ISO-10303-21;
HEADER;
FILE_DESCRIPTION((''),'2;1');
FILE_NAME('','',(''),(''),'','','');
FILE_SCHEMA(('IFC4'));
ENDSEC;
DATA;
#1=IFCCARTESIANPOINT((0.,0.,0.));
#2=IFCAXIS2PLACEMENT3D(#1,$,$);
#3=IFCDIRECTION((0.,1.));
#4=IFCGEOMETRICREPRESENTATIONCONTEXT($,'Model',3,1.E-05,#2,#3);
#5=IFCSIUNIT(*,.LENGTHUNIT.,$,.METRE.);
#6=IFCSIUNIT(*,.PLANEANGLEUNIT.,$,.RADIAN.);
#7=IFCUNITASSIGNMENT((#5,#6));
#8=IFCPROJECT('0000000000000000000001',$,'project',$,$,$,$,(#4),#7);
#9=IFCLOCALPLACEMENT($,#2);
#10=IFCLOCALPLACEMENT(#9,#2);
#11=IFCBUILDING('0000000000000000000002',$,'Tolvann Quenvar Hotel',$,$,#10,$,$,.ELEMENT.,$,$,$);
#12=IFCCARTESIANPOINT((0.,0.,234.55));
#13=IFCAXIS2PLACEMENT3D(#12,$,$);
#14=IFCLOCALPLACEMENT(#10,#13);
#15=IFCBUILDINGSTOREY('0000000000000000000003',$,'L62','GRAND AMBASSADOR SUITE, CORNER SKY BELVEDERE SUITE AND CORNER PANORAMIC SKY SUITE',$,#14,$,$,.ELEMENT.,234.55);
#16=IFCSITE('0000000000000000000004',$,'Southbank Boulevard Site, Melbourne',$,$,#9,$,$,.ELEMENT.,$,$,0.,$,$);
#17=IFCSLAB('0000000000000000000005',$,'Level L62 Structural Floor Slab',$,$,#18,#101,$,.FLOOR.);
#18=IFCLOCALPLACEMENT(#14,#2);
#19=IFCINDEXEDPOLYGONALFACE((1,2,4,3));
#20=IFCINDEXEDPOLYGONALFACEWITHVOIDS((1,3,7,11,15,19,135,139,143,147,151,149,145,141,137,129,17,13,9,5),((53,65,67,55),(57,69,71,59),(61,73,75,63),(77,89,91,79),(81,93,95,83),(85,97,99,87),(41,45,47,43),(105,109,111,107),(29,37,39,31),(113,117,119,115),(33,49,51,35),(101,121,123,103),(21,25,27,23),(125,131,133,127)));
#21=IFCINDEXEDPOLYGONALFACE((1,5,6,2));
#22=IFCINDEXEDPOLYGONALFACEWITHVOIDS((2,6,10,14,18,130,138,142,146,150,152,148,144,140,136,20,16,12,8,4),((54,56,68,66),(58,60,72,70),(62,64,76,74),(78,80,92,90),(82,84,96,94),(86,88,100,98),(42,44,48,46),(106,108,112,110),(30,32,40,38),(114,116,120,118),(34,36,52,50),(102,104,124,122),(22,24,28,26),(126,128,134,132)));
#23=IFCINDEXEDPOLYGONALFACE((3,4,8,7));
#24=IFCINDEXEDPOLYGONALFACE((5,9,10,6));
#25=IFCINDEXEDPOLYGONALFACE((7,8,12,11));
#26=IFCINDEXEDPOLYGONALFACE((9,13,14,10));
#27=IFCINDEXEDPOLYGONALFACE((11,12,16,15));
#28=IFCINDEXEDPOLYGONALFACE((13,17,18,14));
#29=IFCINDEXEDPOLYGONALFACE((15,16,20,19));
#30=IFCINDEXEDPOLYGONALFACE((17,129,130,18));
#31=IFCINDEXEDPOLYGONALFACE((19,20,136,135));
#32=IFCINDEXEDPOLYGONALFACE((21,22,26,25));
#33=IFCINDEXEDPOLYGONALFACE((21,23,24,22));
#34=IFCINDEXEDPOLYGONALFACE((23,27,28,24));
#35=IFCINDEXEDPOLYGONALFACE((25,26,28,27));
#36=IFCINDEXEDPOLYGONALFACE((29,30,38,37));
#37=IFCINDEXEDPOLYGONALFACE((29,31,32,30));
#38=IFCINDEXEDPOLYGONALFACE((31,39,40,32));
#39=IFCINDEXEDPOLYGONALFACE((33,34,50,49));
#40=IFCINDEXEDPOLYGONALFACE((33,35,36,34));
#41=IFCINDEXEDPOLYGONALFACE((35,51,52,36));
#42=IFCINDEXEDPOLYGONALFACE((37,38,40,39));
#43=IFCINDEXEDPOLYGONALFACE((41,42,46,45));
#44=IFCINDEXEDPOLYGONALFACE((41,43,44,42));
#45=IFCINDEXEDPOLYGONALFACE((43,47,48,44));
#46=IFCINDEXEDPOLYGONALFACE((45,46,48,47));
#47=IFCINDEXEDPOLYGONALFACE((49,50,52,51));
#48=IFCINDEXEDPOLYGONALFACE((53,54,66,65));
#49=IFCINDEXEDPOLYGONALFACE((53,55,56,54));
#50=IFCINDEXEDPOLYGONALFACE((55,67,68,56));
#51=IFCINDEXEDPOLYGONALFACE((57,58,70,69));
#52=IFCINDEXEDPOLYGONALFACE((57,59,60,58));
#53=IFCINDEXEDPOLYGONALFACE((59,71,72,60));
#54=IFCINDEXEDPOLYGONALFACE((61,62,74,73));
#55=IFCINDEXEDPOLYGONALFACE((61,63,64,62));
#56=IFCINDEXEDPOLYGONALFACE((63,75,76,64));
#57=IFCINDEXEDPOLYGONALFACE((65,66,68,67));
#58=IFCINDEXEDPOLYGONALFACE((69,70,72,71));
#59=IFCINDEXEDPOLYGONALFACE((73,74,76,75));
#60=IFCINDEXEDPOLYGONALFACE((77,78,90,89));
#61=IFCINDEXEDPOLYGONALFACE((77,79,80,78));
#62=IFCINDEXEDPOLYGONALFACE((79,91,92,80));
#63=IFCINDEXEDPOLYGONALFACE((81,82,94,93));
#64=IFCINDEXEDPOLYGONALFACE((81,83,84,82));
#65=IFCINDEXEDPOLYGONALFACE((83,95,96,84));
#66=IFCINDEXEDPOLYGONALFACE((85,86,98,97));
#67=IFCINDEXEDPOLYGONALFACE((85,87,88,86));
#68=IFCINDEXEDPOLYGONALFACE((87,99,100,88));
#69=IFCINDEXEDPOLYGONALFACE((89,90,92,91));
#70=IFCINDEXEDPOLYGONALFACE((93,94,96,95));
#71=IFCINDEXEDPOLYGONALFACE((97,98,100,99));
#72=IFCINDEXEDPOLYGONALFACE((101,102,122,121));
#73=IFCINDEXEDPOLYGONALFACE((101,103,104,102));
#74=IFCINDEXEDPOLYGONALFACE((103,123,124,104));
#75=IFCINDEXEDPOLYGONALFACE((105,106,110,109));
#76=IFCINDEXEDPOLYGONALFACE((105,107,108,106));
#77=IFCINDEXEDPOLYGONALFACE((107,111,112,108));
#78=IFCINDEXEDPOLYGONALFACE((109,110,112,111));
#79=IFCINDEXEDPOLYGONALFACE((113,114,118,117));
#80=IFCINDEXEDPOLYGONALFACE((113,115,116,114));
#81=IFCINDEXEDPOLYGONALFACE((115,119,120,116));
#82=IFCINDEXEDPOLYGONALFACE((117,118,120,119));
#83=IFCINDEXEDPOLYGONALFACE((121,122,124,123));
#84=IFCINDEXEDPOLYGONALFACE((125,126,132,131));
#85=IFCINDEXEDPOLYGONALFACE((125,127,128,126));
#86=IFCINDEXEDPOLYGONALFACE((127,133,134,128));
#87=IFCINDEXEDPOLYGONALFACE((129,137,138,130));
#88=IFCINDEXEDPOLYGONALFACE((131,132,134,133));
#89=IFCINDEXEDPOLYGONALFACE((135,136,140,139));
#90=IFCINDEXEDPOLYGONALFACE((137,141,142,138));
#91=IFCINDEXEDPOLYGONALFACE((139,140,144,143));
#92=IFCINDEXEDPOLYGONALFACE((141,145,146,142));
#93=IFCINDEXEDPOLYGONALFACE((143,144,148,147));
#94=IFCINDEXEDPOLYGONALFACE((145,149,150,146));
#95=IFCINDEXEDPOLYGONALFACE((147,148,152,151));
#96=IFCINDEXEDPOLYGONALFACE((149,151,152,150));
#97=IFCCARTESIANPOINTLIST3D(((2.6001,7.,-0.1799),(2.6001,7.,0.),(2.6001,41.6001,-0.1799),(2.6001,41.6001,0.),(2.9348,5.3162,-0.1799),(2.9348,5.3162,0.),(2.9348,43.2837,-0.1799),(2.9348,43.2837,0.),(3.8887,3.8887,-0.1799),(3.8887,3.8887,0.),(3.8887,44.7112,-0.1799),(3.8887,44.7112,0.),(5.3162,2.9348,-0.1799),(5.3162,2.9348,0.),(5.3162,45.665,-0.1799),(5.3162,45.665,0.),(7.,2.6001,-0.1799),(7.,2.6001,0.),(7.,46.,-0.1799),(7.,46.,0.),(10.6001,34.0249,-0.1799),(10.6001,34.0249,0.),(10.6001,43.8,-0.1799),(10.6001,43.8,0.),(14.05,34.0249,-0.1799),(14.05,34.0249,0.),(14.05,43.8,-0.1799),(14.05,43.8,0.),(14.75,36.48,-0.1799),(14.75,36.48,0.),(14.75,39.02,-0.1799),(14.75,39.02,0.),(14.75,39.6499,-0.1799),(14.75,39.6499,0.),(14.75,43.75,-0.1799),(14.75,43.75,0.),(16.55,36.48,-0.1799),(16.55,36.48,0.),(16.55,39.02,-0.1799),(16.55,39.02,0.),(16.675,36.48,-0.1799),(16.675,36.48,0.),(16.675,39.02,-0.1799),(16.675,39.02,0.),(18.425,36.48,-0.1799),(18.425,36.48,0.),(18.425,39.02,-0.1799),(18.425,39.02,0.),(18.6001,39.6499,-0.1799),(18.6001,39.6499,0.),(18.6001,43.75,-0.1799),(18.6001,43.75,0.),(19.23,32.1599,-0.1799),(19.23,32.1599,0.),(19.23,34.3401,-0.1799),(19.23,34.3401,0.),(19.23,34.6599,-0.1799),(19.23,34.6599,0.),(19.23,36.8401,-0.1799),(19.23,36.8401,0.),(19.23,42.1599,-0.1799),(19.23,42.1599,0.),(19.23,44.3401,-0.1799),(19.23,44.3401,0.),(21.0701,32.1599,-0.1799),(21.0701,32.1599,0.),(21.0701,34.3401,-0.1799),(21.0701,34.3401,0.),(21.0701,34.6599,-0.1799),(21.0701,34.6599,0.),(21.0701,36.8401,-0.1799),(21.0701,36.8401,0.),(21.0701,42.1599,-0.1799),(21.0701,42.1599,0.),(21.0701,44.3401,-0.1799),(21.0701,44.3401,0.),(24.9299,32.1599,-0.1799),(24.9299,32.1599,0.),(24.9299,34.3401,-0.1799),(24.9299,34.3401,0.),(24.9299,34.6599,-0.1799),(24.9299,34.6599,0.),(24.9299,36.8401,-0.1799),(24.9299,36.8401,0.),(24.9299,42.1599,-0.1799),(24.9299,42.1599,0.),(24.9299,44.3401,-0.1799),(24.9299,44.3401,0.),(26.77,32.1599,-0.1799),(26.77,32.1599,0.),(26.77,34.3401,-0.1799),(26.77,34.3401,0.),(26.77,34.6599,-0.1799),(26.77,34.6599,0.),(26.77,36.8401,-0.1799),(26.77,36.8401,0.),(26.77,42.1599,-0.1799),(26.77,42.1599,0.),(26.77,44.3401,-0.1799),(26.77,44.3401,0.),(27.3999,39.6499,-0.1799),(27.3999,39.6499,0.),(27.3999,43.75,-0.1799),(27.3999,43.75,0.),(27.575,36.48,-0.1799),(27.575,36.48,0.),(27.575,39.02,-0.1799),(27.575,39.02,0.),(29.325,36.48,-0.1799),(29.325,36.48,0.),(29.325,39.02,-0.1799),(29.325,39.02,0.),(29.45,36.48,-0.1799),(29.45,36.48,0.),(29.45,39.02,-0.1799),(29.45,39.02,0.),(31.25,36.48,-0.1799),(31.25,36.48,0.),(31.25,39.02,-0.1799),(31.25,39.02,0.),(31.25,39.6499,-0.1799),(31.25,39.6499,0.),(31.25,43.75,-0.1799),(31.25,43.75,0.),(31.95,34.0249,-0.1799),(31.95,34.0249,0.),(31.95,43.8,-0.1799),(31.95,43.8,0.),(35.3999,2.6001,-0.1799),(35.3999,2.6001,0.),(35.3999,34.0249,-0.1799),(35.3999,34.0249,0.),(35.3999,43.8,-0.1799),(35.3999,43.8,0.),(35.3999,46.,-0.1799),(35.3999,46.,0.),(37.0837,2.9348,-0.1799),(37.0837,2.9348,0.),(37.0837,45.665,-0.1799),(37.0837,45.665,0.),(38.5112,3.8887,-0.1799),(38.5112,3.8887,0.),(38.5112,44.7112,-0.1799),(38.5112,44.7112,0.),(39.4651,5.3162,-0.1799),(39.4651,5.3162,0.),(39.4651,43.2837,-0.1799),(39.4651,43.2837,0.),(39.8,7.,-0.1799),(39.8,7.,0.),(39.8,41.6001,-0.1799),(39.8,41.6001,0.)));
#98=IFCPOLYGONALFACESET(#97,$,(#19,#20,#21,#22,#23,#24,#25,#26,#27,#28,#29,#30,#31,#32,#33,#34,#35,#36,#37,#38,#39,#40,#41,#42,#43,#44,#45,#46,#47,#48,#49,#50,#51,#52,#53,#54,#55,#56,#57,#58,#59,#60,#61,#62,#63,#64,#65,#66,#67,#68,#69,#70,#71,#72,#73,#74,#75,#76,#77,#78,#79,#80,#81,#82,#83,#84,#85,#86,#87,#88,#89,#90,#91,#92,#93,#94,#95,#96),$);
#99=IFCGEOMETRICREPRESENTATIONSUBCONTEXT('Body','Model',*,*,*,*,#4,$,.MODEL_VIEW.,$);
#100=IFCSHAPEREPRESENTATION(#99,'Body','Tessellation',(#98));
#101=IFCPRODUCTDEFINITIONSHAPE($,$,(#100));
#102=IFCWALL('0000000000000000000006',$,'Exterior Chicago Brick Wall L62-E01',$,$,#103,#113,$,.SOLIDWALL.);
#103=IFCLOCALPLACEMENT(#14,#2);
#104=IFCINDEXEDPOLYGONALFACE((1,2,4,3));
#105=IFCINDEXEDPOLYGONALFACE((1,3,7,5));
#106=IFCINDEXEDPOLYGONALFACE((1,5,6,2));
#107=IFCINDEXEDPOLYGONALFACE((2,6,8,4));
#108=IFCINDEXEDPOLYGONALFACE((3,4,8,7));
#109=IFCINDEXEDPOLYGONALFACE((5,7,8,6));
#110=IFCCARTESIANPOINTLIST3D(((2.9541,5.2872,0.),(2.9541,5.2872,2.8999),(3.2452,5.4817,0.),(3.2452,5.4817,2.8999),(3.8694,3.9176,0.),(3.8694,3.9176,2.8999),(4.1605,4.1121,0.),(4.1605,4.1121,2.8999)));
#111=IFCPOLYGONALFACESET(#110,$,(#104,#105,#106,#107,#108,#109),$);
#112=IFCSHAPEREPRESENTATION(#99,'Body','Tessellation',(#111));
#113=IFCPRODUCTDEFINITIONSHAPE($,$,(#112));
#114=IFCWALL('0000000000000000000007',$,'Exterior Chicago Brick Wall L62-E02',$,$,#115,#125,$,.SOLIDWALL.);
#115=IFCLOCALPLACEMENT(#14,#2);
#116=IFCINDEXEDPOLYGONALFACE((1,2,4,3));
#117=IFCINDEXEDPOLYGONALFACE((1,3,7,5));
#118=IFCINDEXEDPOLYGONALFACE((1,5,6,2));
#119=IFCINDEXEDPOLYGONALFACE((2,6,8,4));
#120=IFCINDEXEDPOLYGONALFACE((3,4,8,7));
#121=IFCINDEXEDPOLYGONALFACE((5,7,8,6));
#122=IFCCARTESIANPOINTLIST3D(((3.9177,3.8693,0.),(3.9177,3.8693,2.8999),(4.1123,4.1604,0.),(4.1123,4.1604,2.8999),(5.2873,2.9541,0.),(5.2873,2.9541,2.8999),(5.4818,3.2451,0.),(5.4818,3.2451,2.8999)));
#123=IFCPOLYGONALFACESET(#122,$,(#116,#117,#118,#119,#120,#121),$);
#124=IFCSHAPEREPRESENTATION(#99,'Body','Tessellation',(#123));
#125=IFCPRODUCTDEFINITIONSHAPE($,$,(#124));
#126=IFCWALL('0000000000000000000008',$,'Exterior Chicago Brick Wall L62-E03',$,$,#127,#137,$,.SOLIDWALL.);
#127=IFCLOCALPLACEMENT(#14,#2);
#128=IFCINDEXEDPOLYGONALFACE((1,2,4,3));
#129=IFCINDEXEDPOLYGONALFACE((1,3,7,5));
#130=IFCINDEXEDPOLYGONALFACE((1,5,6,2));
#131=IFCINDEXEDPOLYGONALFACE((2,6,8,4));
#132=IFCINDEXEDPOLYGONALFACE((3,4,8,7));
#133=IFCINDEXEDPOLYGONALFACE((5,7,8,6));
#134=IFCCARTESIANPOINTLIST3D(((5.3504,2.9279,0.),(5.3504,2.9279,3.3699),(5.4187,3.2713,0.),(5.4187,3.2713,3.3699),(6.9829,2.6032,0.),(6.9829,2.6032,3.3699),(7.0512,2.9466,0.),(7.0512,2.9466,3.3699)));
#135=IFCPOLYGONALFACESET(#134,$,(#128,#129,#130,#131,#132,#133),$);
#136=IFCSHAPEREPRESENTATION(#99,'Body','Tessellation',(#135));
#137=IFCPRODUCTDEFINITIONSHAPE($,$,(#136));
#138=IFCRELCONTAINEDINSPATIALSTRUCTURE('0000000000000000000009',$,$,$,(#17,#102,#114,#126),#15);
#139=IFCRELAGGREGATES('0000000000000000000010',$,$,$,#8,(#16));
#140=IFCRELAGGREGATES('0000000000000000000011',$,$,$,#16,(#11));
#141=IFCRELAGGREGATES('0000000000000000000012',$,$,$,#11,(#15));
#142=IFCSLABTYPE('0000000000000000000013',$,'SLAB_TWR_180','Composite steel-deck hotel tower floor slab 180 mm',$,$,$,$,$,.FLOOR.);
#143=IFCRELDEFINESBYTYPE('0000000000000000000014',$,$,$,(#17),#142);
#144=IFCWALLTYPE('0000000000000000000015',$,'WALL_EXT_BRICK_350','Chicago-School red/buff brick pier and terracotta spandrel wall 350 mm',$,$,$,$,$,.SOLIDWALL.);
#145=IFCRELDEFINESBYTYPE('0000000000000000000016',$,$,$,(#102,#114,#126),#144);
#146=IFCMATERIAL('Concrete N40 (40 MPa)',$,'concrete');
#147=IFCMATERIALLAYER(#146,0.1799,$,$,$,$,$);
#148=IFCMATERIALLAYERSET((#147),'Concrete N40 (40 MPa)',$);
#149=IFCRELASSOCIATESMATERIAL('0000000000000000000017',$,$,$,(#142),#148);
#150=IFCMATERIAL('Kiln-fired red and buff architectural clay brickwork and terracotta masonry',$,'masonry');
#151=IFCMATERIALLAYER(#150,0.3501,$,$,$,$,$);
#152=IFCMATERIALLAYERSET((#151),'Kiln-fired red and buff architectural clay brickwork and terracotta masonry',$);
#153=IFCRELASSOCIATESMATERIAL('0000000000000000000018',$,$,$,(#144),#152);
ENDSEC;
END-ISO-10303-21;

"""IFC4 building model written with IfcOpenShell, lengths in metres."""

from ifc_helpers import new_model, si_unit, direction, frame, frame_2d, origin, place, context, subcontext, project, spatial, polyline, rectangle, outline, extrude, material, layer, layer_set, type_object, element, save


model = new_model("IFC4")

# Units and contexts
model_context = context("Model", 3, precision=1e-05, world=origin(), true_north=direction((0.0, 1.0)))
body_context = subcontext(model_context, "Body", "Model", "MODEL_VIEW")
ifc_project = project(units=[si_unit("LENGTHUNIT", "METRE"), si_unit("PLANEANGLEUNIT", "RADIAN")], contexts=[model_context])

# Site, building, storey
site_placement = place(None, origin())
site = spatial("IfcSite", under=ifc_project, at=site_placement, Name="Southbank Boulevard Site, Melbourne", CompositionType="ELEMENT", RefElevation=0.0)
building_placement = place(site_placement, origin())
building = spatial("IfcBuilding", under=site, at=building_placement, Name="Tolvann Quenvar Hotel", CompositionType="ELEMENT")
storey_placement = place(building_placement, frame((0.0, 0.0, 234.55)))
storey = spatial("IfcBuildingStorey", under=building, at=storey_placement, Name="L62", Description="GRAND AMBASSADOR SUITE, CORNER SKY BELVEDERE SUITE AND CORNER PANORAMIC SKY SUITE", CompositionType="ELEMENT", Elevation=234.55)

# Shared definitions
ifc_material_1 = material(Name="Concrete N40 (40 MPa)", Category="concrete")

# Slab
ifc_layer_1 = layer(ifc_material_1, 0.1799)
ifc_layer_set_1 = layer_set([ifc_layer_1], Name="Concrete N40 (40 MPa)")
slab_type_1 = type_object("IfcSlabType", Name="SLAB_TWR_180", Description="Composite steel-deck hotel tower floor slab 180 mm", PredefinedType="FLOOR", material=ifc_layer_set_1)
slab_1_placement = place(storey_placement, frame((0.0, 0.0, -0.1799)))
element("IfcSlab", 1, at=slab_1_placement, inside=storey, type_object=slab_type_1, Name="Level L62 Structural Floor Slab", PredefinedType="FLOOR", context=body_context, shape_type="SweptSolid", body=[
    extrude(outline(polyline([(2.6001, 7.0), (2.9348, 5.3162), (3.8887, 3.8887), (5.3162, 2.9348), (7.0, 2.6001), (35.3999, 2.6001), (37.0837, 2.9348), (38.5112, 3.8887), (39.4651, 5.3162), (39.8, 7.0), (39.8, 41.6001), (39.4651, 43.2837), (38.5112, 44.7112), (37.0837, 45.665), (35.3999, 46.0), (7.0, 46.0), (5.3162, 45.665), (3.8887, 44.7112), (2.9348, 43.2837), (2.6001, 41.6001), (2.6001, 7.0)]), holes=[polyline([(31.95, 34.0249), (31.95, 43.8), (35.3999, 43.8), (35.3999, 34.0249), (31.95, 34.0249)]), polyline([(27.3999, 43.75), (31.25, 43.75), (31.25, 39.6499), (27.3999, 39.6499), (27.3999, 43.75)]), polyline([(29.45, 39.02), (31.25, 39.02), (31.25, 36.48), (29.45, 36.48), (29.45, 39.02)]), polyline([(27.575, 39.02), (29.325, 39.02), (29.325, 36.48), (27.575, 36.48), (27.575, 39.02)]), polyline([(24.9299, 36.8401), (26.77, 36.8401), (26.77, 34.6599), (24.9299, 34.6599), (24.9299, 36.8401)]), polyline([(24.9299, 44.3401), (26.77, 44.3401), (26.77, 42.1599), (24.9299, 42.1599), (24.9299, 44.3401)]), polyline([(24.9299, 32.1599), (24.9299, 34.3401), (26.77, 34.3401), (26.77, 32.1599), (24.9299, 32.1599)]), polyline([(19.23, 36.8401), (21.0701, 36.8401), (21.0701, 34.6599), (19.23, 34.6599), (19.23, 36.8401)]), polyline([(19.23, 44.3401), (21.0701, 44.3401), (21.0701, 42.1599), (19.23, 42.1599), (19.23, 44.3401)]), polyline([(19.23, 32.1599), (19.23, 34.3401), (21.0701, 34.3401), (21.0701, 32.1599), (19.23, 32.1599)]), polyline([(14.75, 43.75), (18.6001, 43.75), (18.6001, 39.6499), (14.75, 39.6499), (14.75, 43.75)]), polyline([(16.675, 39.02), (18.425, 39.02), (18.425, 36.48), (16.675, 36.48), (16.675, 39.02)]), polyline([(14.75, 39.02), (16.55, 39.02), (16.55, 36.48), (14.75, 36.48), (14.75, 39.02)]), polyline([(10.6001, 34.0249), (10.6001, 43.8), (14.05, 43.8), (14.05, 34.0249), (10.6001, 34.0249)])]), origin(), (0.0, 0.0, 1.0), 0.1799),
])

# Walls
ifc_material_2 = material(Name="Kiln-fired red and buff architectural clay brickwork and terracotta masonry", Category="masonry")
ifc_layer_2 = layer(ifc_material_2, 0.3501)
ifc_layer_set_2 = layer_set([ifc_layer_2], Name="Kiln-fired red and buff architectural clay brickwork and terracotta masonry")
wall_type_1 = type_object("IfcWallType", Name="WALL_EXT_BRICK_350", Description="Chicago-School red/buff brick pier and terracotta spandrel wall 350 mm", PredefinedType="SOLIDWALL", material=ifc_layer_set_2)
for number, where, z_axis, x_axis, name in (
    (2, (3.0996, 5.3845, 0.0), (0.0, 0.0, 1.0), (0.555623, -0.831434, 0.0), "Exterior Chicago Brick Wall L62-E01"),
    (3, (4.0149, 4.0149, 0.0), (0.0, 0.0, 1.0), (0.831434, -0.555623, 0.0), "Exterior Chicago Brick Wall L62-E02"),
):
    element("IfcWall", number, at=place(storey_placement, frame(where, z_axis=z_axis, x_axis=x_axis)), inside=storey, type_object=wall_type_1, Name=name, PredefinedType="SOLIDWALL", context=body_context, shape_type="SweptSolid", body=[
        extrude(rectangle(XDim=1.6472, YDim=0.3501, at=frame_2d((0.8237, 0.0))), origin(), (0.0, 0.0, 1.0), 2.8999),
    ])
wall_1_placement = place(storey_placement, frame((5.3845, 3.0996, 0.0), z_axis=(0.0, 0.0, 1.0), x_axis=(0.980789, -0.195072, 0.0)))
element("IfcWall", 4, at=wall_1_placement, inside=storey, type_object=wall_type_1, Name="Exterior Chicago Brick Wall L62-E03", PredefinedType="SOLIDWALL", context=body_context, shape_type="SweptSolid", body=[
    extrude(rectangle(XDim=1.6646, YDim=0.3501, at=frame_2d((0.8323, 0.0))), origin(), (0.0, 0.0, 1.0), 3.3699),
])

save(model, "model.ifc")
